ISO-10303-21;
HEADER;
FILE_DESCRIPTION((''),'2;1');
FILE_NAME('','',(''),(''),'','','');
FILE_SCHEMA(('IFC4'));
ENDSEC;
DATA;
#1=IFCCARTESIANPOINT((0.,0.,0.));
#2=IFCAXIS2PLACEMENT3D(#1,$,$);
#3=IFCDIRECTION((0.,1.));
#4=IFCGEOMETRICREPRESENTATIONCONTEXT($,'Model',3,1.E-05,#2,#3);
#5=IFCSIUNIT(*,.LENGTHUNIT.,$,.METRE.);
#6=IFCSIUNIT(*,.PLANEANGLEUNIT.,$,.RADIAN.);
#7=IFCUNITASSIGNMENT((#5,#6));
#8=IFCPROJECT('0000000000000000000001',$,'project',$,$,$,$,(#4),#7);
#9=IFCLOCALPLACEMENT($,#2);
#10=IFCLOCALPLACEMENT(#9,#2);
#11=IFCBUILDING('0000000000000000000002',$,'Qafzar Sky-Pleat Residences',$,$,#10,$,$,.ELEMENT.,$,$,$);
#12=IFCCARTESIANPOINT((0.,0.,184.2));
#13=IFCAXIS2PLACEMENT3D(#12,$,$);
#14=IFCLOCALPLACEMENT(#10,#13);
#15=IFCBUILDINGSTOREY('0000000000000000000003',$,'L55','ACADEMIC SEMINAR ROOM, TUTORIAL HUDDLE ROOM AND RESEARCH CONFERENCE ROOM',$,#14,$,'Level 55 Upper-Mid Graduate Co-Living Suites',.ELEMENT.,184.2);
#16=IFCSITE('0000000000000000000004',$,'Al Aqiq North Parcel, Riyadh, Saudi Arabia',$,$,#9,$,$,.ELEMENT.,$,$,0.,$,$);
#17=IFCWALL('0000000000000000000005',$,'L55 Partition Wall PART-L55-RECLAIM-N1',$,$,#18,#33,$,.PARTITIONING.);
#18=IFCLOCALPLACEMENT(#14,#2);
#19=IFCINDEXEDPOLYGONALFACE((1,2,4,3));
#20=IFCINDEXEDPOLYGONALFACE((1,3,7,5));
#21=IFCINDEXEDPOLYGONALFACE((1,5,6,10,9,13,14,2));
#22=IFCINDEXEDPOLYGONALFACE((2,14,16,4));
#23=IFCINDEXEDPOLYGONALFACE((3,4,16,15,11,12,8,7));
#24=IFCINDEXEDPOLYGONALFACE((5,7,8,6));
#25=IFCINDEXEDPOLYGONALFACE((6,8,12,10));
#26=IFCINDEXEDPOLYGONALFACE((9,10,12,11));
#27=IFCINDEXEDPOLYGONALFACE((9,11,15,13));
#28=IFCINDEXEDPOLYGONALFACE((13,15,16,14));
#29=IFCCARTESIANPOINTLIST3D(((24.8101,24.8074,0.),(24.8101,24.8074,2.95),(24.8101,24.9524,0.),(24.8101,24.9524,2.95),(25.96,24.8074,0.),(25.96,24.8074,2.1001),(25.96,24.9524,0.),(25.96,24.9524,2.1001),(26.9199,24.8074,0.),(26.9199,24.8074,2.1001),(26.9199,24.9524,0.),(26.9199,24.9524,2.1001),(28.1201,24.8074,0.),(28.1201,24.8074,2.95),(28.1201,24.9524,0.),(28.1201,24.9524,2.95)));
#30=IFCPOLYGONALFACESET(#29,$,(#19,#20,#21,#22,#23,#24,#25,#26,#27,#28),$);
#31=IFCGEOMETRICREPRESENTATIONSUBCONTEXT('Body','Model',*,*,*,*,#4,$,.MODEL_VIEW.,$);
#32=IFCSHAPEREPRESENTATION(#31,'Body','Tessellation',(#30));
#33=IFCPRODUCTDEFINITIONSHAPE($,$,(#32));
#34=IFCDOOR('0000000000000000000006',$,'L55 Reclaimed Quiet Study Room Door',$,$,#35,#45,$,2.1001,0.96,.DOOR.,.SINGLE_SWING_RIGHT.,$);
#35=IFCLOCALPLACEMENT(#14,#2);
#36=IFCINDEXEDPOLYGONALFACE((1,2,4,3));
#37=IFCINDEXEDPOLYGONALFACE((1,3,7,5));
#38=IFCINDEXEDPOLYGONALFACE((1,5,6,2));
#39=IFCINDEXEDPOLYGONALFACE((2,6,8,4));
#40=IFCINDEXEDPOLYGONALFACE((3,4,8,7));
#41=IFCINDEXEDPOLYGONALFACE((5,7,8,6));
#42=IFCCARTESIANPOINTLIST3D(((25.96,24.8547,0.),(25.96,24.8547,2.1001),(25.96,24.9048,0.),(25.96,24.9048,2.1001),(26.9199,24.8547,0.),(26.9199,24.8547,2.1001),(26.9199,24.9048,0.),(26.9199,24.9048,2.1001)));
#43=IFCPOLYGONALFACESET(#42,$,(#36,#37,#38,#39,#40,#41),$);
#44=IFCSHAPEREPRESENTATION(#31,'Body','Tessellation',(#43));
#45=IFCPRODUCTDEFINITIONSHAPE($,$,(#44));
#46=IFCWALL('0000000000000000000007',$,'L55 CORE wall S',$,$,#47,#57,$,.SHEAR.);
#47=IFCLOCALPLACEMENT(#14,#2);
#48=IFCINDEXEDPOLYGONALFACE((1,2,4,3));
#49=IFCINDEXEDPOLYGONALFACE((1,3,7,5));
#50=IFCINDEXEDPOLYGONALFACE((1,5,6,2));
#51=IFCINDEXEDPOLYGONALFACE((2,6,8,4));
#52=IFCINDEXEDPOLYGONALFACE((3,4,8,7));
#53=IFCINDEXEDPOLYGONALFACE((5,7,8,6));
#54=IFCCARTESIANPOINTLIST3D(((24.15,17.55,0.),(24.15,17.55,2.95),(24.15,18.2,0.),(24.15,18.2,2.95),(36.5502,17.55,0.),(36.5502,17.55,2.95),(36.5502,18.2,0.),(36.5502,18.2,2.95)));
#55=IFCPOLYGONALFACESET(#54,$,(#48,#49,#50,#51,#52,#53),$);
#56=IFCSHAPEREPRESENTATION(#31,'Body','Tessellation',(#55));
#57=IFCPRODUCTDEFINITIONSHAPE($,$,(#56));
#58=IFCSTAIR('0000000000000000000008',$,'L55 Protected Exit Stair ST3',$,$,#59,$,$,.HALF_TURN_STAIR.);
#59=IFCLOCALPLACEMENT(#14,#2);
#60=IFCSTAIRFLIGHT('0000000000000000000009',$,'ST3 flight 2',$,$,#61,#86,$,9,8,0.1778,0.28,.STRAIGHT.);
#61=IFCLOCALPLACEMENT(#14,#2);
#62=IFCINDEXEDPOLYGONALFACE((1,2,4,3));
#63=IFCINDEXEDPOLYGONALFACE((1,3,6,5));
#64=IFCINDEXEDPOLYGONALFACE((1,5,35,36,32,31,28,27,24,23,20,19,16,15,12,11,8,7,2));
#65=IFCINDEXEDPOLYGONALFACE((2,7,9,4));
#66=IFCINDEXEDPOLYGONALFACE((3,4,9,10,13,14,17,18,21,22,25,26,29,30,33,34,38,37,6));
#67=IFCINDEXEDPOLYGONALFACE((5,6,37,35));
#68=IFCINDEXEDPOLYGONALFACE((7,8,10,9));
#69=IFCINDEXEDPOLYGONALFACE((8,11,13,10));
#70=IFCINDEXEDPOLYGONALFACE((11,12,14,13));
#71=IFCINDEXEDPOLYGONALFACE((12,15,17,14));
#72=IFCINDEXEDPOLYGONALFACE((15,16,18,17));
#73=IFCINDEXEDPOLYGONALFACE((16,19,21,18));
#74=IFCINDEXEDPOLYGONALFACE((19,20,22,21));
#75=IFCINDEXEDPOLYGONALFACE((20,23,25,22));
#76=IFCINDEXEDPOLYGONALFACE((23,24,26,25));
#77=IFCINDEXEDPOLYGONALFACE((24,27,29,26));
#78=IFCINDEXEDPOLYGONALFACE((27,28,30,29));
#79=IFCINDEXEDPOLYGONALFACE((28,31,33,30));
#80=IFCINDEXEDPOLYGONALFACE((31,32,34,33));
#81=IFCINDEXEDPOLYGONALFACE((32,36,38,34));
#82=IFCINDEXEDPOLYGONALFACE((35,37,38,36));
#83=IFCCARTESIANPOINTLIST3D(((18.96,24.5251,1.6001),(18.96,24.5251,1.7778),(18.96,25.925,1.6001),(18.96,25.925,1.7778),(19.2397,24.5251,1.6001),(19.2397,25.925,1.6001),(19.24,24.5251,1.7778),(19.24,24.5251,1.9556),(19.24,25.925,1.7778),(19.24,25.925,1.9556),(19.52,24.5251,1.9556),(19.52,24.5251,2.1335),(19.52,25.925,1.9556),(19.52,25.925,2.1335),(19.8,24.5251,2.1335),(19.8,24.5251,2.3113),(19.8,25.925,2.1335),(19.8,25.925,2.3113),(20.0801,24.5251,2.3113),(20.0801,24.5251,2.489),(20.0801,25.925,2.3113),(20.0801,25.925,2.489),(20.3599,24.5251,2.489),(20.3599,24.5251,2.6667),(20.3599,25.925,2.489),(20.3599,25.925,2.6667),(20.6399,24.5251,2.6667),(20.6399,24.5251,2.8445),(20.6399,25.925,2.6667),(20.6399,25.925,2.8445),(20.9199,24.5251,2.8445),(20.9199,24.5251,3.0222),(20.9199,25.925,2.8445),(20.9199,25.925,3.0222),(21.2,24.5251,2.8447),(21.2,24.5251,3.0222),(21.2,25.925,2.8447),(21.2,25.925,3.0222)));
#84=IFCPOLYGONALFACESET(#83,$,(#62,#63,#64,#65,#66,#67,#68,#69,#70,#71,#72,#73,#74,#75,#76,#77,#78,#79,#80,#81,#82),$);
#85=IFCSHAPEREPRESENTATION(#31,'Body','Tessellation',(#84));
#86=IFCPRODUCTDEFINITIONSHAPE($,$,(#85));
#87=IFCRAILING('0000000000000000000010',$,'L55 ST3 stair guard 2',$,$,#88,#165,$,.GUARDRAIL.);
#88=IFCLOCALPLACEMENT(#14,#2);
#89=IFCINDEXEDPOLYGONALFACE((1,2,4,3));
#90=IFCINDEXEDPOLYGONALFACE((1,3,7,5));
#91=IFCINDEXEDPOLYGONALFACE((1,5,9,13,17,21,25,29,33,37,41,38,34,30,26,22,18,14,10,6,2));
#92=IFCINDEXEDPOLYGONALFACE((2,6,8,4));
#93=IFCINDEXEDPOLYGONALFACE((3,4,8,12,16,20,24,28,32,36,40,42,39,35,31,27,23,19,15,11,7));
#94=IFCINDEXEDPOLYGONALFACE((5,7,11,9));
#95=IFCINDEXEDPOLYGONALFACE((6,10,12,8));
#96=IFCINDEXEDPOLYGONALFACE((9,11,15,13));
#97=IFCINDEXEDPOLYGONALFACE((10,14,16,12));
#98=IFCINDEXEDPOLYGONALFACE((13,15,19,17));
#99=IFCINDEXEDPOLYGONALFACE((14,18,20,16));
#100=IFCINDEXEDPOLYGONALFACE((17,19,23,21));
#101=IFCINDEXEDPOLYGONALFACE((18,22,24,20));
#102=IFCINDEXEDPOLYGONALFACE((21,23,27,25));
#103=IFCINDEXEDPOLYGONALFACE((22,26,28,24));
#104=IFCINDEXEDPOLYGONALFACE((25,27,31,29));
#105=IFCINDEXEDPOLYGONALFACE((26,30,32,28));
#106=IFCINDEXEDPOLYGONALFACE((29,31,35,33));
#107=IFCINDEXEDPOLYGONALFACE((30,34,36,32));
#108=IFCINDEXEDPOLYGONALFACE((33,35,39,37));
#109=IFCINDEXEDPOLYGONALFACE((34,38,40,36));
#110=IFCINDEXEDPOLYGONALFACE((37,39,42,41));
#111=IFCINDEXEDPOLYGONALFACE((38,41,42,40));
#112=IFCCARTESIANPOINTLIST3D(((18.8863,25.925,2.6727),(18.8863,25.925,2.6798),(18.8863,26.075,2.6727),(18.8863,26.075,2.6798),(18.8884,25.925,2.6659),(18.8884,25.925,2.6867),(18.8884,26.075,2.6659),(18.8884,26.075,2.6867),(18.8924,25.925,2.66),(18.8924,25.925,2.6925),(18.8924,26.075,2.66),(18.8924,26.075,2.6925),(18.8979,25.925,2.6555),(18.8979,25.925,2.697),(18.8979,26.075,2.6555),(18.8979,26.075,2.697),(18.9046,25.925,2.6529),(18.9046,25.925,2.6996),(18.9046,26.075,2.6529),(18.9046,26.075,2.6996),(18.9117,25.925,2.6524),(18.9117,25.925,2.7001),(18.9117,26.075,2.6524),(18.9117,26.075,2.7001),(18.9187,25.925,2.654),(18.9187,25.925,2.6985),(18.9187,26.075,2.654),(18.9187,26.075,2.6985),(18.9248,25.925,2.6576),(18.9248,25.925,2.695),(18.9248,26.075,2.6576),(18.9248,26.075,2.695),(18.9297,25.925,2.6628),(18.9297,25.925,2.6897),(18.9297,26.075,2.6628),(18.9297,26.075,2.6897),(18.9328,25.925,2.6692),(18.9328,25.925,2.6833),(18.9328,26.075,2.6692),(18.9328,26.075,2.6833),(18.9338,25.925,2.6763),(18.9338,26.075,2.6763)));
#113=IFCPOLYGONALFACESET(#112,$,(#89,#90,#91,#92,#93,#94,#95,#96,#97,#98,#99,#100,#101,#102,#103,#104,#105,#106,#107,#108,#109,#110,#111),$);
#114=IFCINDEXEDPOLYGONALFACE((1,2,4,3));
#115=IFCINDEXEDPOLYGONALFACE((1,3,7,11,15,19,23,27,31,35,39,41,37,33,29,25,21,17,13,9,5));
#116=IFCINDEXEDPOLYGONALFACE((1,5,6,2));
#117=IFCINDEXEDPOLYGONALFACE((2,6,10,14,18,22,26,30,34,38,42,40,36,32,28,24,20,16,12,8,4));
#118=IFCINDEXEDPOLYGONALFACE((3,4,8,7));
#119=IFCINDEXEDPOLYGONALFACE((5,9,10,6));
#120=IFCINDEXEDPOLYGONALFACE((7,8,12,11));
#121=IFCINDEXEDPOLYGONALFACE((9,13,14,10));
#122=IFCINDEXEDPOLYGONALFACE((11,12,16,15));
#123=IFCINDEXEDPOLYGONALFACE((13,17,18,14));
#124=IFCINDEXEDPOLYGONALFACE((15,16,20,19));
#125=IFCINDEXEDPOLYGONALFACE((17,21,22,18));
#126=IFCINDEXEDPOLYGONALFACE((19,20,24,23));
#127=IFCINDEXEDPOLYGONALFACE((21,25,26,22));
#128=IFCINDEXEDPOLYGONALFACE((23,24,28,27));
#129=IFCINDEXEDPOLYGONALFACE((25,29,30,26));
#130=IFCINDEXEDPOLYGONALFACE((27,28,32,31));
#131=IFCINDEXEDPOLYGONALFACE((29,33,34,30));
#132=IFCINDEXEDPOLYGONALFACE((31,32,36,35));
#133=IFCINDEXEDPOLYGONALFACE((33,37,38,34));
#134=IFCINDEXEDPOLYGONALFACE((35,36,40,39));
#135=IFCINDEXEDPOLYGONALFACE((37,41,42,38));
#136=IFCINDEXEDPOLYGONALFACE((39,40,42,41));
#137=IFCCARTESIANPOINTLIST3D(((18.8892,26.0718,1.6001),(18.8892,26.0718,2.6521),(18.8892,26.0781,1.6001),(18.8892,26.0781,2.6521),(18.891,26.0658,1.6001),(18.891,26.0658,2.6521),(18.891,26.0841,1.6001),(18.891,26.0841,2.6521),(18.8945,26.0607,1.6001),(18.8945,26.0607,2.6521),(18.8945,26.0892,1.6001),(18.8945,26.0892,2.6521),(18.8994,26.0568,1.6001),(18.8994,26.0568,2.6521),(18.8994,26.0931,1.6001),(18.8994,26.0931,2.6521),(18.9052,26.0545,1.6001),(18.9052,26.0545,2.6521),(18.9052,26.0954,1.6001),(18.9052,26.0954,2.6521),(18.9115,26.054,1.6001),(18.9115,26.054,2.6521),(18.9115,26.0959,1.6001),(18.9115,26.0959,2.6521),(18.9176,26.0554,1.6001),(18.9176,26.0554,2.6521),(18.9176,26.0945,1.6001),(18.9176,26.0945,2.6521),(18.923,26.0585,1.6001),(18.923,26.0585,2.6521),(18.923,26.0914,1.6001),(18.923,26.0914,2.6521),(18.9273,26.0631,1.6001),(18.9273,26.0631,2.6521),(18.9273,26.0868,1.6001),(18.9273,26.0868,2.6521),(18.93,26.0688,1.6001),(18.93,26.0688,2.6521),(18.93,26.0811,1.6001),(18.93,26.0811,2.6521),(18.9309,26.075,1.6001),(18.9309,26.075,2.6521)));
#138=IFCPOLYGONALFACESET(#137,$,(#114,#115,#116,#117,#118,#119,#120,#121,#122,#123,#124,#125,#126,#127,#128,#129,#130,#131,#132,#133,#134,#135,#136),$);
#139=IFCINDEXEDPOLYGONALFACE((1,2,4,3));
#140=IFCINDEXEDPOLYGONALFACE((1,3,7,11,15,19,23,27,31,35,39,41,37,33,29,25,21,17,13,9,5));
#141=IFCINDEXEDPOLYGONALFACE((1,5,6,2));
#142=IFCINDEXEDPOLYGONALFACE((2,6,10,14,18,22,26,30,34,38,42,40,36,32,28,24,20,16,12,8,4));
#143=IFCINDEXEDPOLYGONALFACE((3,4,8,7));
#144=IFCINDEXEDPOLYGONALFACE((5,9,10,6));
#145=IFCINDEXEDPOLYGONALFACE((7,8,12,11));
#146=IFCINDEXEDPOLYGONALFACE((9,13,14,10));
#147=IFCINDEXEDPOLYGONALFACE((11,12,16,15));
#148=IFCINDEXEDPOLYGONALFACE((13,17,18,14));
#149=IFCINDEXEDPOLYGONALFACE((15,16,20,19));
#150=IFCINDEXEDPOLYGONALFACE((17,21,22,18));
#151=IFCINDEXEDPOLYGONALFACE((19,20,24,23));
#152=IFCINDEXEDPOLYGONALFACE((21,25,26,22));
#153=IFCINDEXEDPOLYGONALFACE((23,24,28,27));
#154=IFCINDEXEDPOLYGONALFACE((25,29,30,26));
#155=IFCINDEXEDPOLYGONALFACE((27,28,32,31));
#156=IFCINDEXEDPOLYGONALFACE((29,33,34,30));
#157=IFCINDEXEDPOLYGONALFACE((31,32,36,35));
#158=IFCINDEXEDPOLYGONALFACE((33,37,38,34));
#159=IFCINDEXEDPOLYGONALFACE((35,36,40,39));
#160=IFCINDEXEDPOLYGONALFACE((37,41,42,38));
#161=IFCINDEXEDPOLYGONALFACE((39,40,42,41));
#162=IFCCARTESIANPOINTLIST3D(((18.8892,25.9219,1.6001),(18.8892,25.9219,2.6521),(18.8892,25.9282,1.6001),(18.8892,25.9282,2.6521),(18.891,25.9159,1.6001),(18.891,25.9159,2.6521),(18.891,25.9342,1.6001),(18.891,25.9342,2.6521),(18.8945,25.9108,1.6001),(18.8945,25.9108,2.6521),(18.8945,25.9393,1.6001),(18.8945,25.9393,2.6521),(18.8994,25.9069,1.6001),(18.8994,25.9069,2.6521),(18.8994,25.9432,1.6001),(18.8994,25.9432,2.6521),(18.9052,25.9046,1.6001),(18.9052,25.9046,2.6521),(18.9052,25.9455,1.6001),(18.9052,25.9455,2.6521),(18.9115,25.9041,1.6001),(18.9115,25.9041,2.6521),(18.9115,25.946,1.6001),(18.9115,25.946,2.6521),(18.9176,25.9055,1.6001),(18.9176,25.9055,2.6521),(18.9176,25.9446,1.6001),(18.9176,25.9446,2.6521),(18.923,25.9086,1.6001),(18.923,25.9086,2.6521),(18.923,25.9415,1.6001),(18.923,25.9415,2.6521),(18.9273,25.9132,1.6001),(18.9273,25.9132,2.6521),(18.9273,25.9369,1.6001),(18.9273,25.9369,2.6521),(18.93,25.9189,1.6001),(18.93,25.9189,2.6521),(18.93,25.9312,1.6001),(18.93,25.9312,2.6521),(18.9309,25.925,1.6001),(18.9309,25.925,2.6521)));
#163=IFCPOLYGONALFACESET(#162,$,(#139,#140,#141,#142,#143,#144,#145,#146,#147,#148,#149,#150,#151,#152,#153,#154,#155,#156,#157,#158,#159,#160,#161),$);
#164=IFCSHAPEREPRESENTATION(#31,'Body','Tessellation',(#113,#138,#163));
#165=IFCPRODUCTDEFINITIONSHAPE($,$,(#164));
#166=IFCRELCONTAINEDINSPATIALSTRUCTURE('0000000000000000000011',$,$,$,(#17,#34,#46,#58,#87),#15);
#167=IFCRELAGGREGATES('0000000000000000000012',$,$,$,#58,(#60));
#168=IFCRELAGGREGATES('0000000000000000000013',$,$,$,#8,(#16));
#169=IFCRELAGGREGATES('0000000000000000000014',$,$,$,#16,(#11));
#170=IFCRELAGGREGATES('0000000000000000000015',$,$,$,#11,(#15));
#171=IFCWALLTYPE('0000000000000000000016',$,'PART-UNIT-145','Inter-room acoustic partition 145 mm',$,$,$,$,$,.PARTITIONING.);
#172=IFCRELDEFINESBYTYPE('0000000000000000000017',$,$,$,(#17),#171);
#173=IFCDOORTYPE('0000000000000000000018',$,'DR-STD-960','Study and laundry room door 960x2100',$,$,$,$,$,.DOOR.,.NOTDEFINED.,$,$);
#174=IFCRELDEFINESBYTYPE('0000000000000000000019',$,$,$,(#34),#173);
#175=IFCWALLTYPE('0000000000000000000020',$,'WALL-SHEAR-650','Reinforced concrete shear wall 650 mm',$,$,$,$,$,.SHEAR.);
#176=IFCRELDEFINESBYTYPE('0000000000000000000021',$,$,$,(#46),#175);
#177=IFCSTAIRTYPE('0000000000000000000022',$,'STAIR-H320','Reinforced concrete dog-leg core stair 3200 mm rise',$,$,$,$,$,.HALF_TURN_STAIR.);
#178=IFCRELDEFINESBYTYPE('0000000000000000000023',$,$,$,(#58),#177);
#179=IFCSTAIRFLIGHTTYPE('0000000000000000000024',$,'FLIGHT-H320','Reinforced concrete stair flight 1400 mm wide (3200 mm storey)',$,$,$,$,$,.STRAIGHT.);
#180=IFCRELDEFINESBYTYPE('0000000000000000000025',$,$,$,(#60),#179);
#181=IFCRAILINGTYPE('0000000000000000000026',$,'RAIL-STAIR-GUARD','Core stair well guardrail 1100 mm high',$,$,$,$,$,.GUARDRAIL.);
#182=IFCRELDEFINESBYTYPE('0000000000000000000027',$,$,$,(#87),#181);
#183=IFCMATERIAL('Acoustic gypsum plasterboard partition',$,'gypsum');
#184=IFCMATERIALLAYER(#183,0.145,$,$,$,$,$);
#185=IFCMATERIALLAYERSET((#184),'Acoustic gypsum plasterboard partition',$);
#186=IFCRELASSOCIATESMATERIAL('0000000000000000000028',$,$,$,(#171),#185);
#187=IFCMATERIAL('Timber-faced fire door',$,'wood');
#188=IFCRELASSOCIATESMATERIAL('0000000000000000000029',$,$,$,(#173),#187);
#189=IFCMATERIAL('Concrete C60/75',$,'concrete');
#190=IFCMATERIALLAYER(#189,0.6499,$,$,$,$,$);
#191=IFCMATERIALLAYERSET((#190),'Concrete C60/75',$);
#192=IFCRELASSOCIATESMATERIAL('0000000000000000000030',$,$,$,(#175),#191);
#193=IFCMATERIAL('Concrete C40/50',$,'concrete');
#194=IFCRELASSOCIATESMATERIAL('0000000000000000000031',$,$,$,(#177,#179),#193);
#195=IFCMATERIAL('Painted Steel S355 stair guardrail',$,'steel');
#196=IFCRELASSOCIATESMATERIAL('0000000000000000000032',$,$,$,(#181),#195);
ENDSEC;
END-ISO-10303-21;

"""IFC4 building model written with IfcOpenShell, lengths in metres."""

from ifc_helpers import new_model, si_unit, direction, frame, frame_2d, origin, origin_2d, place, context, subcontext, project, spatial, polyline, rectangle, circle, outline, extrude, source, transform, mapped, material, layer, layer_set, type_object, element, fill, aggregate, save


model = new_model("IFC4")

# Units and contexts
model_context = context("Model", 3, precision=1e-05, world=origin(), true_north=direction((0.0, 1.0)))
body_context = subcontext(model_context, "Body", "Model", "MODEL_VIEW")
ifc_project = project(units=[si_unit("LENGTHUNIT", "METRE"), si_unit("PLANEANGLEUNIT", "RADIAN")], contexts=[model_context])

# Site, building, storey
site_placement = place(None, origin())
site = spatial("IfcSite", under=ifc_project, at=site_placement, Name="Al Aqiq North Parcel, Riyadh, Saudi Arabia", CompositionType="ELEMENT", RefElevation=0.0)
building_placement = place(site_placement, origin())
building = spatial("IfcBuilding", under=site, at=building_placement, Name="Qafzar Sky-Pleat Residences", CompositionType="ELEMENT")
storey_placement = place(building_placement, frame((0.0, 0.0, 184.2)))
storey = spatial("IfcBuildingStorey", under=building, at=storey_placement, Name="L55", Description="ACADEMIC SEMINAR ROOM, TUTORIAL HUDDLE ROOM AND RESEARCH CONFERENCE ROOM", LongName="Level 55 Upper-Mid Graduate Co-Living Suites", CompositionType="ELEMENT", Elevation=184.2)

# Shared definitions
ifc_material_1 = material(Name="Acoustic gypsum plasterboard partition", Category="gypsum")
ifc_material_2 = material(Name="Timber-faced fire door", Category="wood")

# Wall, opening, door
ifc_layer_1 = layer(ifc_material_1, 0.145)
ifc_layer_set_1 = layer_set([ifc_layer_1], Name="Acoustic gypsum plasterboard partition")
wall_type_1 = type_object("IfcWallType", Name="PART-UNIT-145", Description="Inter-room acoustic partition 145 mm", PredefinedType="PARTITIONING", material=ifc_layer_set_1)
wall_1_placement = place(storey_placement, frame((24.8101, 24.8799, 0.0), z_axis=(0.0, 0.0, 1.0), x_axis=(1.0, 0.0, 0.0)))
wall_1 = element("IfcWall", 1, at=wall_1_placement, inside=storey, type_object=wall_type_1, Name="L55 Partition Wall PART-L55-RECLAIM-N1", PredefinedType="PARTITIONING", context=body_context, shape_type="SweptSolid", body=[
    extrude(rectangle(XDim=3.3101, YDim=0.145, at=frame_2d((1.655, 0.0))), origin(), (0.0, 0.0, 1.0), 2.95),
])
opening_1_placement = place(wall_1_placement, frame((1.1499, 0.0, 0.0)))
opening_1 = element("IfcOpeningElement", 2, at=opening_1_placement, cuts=wall_1, PredefinedType="OPENING", context=body_context, shape_type="SweptSolid", body=[
    extrude(rectangle(XDim=0.96, YDim=2.1001, at=frame_2d((0.48, 1.05))), frame((0.0, 0.0825, 0.0), z_axis=(0.0, -1.0, 0.0), x_axis=(1.0, 0.0, 0.0)), (0.0, 0.0, 1.0), 0.165),
])
door_type_1 = type_object("IfcDoorType", Name="DR-STD-960", Description="Study and laundry room door 960x2100", OperationType="NOTDEFINED", PredefinedType="DOOR", material=ifc_material_2)
shared_shape_1 = source(origin(), body_context, "Body", "SweptSolid", [
    extrude(rectangle(XDim=0.96, YDim=2.1001, at=frame_2d((0.48, 1.05))), frame((0.0, 0.0249, 0.0), z_axis=(0.0, -1.0, 0.0), x_axis=(1.0, 0.0, 0.0)), (0.0, 0.0, 1.0), 0.05),
])
door_1_placement = place(opening_1_placement, origin())
door_1 = element("IfcDoor", 3, at=door_1_placement, inside=storey, type_object=door_type_1, Name="L55 Reclaimed Quiet Study Room Door", OperationType="SINGLE_SWING_RIGHT", OverallHeight=2.1001, OverallWidth=0.96, PredefinedType="DOOR", context=body_context, shape_type="MappedRepresentation", body=[
    mapped(shared_shape_1, transform((0.0, 0.0, 0.0), x_axis=(1.0, 0.0, 0.0), y_axis=(0.0, 1.0, 0.0), z_axis=(0.0, 0.0, 1.0), scale=1.0)),
])
fill(opening_1, door_1)

# Shared definitions
ifc_material_3 = material(Name="Concrete C60/75", Category="concrete")

# Wall
ifc_layer_2 = layer(ifc_material_3, 0.6499)
ifc_layer_set_2 = layer_set([ifc_layer_2], Name="Concrete C60/75")
wall_type_2 = type_object("IfcWallType", Name="WALL-SHEAR-650", Description="Reinforced concrete shear wall 650 mm", PredefinedType="SHEAR", material=ifc_layer_set_2)
wall_2_placement = place(storey_placement, frame((24.1499, 17.875, 0.0), z_axis=(0.0, 0.0, 1.0), x_axis=(1.0, 0.0, 0.0)))
element("IfcWall", 4, at=wall_2_placement, inside=storey, type_object=wall_type_2, Name="L55 CORE wall S", PredefinedType="SHEAR", context=body_context, shape_type="SweptSolid", body=[
    extrude(rectangle(XDim=12.4001, YDim=0.6499, at=frame_2d((6.2002, 0.0))), origin(), (0.0, 0.0, 1.0), 2.95),
])

# Stair, stair flight
ifc_material_4 = material(Name="Concrete C40/50", Category="concrete")
stair_type = type_object("IfcStairType", Name="STAIR-H320", Description="Reinforced concrete dog-leg core stair 3200 mm rise", PredefinedType="HALF_TURN_STAIR", material=ifc_material_4)
stair_placement = place(storey_placement, origin())
stair = element("IfcStair", 5, at=stair_placement, inside=storey, type_object=stair_type, Name="L55 Protected Exit Stair ST3", PredefinedType="HALF_TURN_STAIR")
stair_flight_type = type_object("IfcStairFlightType", Name="FLIGHT-H320", Description="Reinforced concrete stair flight 1400 mm wide (3200 mm storey)", PredefinedType="STRAIGHT", material=ifc_material_4)
shared_shape_2 = source(origin(), body_context, "Body", "SweptSolid", [
    extrude(outline(polyline([(0.0, 0.0), (0.0, 0.1777), (0.28, 0.1777), (0.28, 0.3555), (0.5601, 0.3555), (0.5601, 0.5334), (0.8401, 0.5334), (0.8401, 0.7112), (1.1201, 0.7112), (1.1201, 0.8889), (1.3999, 0.8889), (1.3999, 1.0667), (1.6799, 1.0667), (1.6799, 1.2444), (1.96, 1.2444), (1.96, 1.4221), (2.24, 1.4221), (2.24, 1.6001), (2.24, 1.2446), (0.2798, 0.0), (0.0, 0.0)])), frame((0.0, 0.7, 0.0), z_axis=(0.0, -1.0, 0.0), x_axis=(1.0, 0.0, 0.0)), (0.0, 0.0, 1.0), 1.3999),
])
stair_flight_placement = place(storey_placement, frame((18.96, 25.2251, 1.6001), z_axis=(0.0, 0.0, 1.0), x_axis=(1.0, 0.0, 0.0)))
stair_flight = element("IfcStairFlight", 6, at=stair_flight_placement, type_object=stair_flight_type, Name="ST3 flight 2", NumberOfRisers=9, NumberOfTreads=8, PredefinedType="STRAIGHT", RiserHeight=0.1778, TreadLength=0.28, context=body_context, shape_type="MappedRepresentation", body=[
    mapped(shared_shape_2, transform((0.0, 0.0, 0.0), x_axis=(1.0, 0.0, 0.0), y_axis=(0.0, 1.0, 0.0), z_axis=(0.0, 0.0, 1.0), scale=1.0)),
])
aggregate(stair, [stair_flight])

# Railing
ifc_material_5 = material(Name="Painted Steel S355 stair guardrail", Category="steel")
railing_type_1 = type_object("IfcRailingType", Name="RAIL-STAIR-GUARD", Description="Core stair well guardrail 1100 mm high", PredefinedType="GUARDRAIL", material=ifc_material_5)
shared_shape_3 = source(origin(), body_context, "Body", "SweptSolid", [
    extrude(circle(Radius=0.0239, at=origin_2d()), frame((0.0, 0.0, 1.0762), z_axis=(0.0, -1.0, 0.0), x_axis=(1.0, 0.0, 0.0)), (0.0, 0.0, 1.0), 0.1499),
    extrude(circle(Radius=0.021, at=origin_2d()), origin(), (0.0, 0.0, 1.0), 1.052),
    extrude(circle(Radius=0.021, at=origin_2d()), frame((0.0, -0.1499, 0.0)), (0.0, 0.0, 1.0), 1.052),
])
for number, where, name in (
    (7, (18.9099, 26.075, 1.6001), "L55 ST3 stair guard 2"),
):
    element("IfcRailing", number, at=place(storey_placement, frame(where)), inside=storey, type_object=railing_type_1, Name=name, PredefinedType="GUARDRAIL", context=body_context, shape_type="MappedRepresentation", body=[
        mapped(shared_shape_3, transform((0.0, 0.0, 0.0), x_axis=(1.0, 0.0, 0.0), y_axis=(0.0, 1.0, 0.0), z_axis=(0.0, 0.0, 1.0), scale=1.0)),
    ])

save(model, "model.ifc")
